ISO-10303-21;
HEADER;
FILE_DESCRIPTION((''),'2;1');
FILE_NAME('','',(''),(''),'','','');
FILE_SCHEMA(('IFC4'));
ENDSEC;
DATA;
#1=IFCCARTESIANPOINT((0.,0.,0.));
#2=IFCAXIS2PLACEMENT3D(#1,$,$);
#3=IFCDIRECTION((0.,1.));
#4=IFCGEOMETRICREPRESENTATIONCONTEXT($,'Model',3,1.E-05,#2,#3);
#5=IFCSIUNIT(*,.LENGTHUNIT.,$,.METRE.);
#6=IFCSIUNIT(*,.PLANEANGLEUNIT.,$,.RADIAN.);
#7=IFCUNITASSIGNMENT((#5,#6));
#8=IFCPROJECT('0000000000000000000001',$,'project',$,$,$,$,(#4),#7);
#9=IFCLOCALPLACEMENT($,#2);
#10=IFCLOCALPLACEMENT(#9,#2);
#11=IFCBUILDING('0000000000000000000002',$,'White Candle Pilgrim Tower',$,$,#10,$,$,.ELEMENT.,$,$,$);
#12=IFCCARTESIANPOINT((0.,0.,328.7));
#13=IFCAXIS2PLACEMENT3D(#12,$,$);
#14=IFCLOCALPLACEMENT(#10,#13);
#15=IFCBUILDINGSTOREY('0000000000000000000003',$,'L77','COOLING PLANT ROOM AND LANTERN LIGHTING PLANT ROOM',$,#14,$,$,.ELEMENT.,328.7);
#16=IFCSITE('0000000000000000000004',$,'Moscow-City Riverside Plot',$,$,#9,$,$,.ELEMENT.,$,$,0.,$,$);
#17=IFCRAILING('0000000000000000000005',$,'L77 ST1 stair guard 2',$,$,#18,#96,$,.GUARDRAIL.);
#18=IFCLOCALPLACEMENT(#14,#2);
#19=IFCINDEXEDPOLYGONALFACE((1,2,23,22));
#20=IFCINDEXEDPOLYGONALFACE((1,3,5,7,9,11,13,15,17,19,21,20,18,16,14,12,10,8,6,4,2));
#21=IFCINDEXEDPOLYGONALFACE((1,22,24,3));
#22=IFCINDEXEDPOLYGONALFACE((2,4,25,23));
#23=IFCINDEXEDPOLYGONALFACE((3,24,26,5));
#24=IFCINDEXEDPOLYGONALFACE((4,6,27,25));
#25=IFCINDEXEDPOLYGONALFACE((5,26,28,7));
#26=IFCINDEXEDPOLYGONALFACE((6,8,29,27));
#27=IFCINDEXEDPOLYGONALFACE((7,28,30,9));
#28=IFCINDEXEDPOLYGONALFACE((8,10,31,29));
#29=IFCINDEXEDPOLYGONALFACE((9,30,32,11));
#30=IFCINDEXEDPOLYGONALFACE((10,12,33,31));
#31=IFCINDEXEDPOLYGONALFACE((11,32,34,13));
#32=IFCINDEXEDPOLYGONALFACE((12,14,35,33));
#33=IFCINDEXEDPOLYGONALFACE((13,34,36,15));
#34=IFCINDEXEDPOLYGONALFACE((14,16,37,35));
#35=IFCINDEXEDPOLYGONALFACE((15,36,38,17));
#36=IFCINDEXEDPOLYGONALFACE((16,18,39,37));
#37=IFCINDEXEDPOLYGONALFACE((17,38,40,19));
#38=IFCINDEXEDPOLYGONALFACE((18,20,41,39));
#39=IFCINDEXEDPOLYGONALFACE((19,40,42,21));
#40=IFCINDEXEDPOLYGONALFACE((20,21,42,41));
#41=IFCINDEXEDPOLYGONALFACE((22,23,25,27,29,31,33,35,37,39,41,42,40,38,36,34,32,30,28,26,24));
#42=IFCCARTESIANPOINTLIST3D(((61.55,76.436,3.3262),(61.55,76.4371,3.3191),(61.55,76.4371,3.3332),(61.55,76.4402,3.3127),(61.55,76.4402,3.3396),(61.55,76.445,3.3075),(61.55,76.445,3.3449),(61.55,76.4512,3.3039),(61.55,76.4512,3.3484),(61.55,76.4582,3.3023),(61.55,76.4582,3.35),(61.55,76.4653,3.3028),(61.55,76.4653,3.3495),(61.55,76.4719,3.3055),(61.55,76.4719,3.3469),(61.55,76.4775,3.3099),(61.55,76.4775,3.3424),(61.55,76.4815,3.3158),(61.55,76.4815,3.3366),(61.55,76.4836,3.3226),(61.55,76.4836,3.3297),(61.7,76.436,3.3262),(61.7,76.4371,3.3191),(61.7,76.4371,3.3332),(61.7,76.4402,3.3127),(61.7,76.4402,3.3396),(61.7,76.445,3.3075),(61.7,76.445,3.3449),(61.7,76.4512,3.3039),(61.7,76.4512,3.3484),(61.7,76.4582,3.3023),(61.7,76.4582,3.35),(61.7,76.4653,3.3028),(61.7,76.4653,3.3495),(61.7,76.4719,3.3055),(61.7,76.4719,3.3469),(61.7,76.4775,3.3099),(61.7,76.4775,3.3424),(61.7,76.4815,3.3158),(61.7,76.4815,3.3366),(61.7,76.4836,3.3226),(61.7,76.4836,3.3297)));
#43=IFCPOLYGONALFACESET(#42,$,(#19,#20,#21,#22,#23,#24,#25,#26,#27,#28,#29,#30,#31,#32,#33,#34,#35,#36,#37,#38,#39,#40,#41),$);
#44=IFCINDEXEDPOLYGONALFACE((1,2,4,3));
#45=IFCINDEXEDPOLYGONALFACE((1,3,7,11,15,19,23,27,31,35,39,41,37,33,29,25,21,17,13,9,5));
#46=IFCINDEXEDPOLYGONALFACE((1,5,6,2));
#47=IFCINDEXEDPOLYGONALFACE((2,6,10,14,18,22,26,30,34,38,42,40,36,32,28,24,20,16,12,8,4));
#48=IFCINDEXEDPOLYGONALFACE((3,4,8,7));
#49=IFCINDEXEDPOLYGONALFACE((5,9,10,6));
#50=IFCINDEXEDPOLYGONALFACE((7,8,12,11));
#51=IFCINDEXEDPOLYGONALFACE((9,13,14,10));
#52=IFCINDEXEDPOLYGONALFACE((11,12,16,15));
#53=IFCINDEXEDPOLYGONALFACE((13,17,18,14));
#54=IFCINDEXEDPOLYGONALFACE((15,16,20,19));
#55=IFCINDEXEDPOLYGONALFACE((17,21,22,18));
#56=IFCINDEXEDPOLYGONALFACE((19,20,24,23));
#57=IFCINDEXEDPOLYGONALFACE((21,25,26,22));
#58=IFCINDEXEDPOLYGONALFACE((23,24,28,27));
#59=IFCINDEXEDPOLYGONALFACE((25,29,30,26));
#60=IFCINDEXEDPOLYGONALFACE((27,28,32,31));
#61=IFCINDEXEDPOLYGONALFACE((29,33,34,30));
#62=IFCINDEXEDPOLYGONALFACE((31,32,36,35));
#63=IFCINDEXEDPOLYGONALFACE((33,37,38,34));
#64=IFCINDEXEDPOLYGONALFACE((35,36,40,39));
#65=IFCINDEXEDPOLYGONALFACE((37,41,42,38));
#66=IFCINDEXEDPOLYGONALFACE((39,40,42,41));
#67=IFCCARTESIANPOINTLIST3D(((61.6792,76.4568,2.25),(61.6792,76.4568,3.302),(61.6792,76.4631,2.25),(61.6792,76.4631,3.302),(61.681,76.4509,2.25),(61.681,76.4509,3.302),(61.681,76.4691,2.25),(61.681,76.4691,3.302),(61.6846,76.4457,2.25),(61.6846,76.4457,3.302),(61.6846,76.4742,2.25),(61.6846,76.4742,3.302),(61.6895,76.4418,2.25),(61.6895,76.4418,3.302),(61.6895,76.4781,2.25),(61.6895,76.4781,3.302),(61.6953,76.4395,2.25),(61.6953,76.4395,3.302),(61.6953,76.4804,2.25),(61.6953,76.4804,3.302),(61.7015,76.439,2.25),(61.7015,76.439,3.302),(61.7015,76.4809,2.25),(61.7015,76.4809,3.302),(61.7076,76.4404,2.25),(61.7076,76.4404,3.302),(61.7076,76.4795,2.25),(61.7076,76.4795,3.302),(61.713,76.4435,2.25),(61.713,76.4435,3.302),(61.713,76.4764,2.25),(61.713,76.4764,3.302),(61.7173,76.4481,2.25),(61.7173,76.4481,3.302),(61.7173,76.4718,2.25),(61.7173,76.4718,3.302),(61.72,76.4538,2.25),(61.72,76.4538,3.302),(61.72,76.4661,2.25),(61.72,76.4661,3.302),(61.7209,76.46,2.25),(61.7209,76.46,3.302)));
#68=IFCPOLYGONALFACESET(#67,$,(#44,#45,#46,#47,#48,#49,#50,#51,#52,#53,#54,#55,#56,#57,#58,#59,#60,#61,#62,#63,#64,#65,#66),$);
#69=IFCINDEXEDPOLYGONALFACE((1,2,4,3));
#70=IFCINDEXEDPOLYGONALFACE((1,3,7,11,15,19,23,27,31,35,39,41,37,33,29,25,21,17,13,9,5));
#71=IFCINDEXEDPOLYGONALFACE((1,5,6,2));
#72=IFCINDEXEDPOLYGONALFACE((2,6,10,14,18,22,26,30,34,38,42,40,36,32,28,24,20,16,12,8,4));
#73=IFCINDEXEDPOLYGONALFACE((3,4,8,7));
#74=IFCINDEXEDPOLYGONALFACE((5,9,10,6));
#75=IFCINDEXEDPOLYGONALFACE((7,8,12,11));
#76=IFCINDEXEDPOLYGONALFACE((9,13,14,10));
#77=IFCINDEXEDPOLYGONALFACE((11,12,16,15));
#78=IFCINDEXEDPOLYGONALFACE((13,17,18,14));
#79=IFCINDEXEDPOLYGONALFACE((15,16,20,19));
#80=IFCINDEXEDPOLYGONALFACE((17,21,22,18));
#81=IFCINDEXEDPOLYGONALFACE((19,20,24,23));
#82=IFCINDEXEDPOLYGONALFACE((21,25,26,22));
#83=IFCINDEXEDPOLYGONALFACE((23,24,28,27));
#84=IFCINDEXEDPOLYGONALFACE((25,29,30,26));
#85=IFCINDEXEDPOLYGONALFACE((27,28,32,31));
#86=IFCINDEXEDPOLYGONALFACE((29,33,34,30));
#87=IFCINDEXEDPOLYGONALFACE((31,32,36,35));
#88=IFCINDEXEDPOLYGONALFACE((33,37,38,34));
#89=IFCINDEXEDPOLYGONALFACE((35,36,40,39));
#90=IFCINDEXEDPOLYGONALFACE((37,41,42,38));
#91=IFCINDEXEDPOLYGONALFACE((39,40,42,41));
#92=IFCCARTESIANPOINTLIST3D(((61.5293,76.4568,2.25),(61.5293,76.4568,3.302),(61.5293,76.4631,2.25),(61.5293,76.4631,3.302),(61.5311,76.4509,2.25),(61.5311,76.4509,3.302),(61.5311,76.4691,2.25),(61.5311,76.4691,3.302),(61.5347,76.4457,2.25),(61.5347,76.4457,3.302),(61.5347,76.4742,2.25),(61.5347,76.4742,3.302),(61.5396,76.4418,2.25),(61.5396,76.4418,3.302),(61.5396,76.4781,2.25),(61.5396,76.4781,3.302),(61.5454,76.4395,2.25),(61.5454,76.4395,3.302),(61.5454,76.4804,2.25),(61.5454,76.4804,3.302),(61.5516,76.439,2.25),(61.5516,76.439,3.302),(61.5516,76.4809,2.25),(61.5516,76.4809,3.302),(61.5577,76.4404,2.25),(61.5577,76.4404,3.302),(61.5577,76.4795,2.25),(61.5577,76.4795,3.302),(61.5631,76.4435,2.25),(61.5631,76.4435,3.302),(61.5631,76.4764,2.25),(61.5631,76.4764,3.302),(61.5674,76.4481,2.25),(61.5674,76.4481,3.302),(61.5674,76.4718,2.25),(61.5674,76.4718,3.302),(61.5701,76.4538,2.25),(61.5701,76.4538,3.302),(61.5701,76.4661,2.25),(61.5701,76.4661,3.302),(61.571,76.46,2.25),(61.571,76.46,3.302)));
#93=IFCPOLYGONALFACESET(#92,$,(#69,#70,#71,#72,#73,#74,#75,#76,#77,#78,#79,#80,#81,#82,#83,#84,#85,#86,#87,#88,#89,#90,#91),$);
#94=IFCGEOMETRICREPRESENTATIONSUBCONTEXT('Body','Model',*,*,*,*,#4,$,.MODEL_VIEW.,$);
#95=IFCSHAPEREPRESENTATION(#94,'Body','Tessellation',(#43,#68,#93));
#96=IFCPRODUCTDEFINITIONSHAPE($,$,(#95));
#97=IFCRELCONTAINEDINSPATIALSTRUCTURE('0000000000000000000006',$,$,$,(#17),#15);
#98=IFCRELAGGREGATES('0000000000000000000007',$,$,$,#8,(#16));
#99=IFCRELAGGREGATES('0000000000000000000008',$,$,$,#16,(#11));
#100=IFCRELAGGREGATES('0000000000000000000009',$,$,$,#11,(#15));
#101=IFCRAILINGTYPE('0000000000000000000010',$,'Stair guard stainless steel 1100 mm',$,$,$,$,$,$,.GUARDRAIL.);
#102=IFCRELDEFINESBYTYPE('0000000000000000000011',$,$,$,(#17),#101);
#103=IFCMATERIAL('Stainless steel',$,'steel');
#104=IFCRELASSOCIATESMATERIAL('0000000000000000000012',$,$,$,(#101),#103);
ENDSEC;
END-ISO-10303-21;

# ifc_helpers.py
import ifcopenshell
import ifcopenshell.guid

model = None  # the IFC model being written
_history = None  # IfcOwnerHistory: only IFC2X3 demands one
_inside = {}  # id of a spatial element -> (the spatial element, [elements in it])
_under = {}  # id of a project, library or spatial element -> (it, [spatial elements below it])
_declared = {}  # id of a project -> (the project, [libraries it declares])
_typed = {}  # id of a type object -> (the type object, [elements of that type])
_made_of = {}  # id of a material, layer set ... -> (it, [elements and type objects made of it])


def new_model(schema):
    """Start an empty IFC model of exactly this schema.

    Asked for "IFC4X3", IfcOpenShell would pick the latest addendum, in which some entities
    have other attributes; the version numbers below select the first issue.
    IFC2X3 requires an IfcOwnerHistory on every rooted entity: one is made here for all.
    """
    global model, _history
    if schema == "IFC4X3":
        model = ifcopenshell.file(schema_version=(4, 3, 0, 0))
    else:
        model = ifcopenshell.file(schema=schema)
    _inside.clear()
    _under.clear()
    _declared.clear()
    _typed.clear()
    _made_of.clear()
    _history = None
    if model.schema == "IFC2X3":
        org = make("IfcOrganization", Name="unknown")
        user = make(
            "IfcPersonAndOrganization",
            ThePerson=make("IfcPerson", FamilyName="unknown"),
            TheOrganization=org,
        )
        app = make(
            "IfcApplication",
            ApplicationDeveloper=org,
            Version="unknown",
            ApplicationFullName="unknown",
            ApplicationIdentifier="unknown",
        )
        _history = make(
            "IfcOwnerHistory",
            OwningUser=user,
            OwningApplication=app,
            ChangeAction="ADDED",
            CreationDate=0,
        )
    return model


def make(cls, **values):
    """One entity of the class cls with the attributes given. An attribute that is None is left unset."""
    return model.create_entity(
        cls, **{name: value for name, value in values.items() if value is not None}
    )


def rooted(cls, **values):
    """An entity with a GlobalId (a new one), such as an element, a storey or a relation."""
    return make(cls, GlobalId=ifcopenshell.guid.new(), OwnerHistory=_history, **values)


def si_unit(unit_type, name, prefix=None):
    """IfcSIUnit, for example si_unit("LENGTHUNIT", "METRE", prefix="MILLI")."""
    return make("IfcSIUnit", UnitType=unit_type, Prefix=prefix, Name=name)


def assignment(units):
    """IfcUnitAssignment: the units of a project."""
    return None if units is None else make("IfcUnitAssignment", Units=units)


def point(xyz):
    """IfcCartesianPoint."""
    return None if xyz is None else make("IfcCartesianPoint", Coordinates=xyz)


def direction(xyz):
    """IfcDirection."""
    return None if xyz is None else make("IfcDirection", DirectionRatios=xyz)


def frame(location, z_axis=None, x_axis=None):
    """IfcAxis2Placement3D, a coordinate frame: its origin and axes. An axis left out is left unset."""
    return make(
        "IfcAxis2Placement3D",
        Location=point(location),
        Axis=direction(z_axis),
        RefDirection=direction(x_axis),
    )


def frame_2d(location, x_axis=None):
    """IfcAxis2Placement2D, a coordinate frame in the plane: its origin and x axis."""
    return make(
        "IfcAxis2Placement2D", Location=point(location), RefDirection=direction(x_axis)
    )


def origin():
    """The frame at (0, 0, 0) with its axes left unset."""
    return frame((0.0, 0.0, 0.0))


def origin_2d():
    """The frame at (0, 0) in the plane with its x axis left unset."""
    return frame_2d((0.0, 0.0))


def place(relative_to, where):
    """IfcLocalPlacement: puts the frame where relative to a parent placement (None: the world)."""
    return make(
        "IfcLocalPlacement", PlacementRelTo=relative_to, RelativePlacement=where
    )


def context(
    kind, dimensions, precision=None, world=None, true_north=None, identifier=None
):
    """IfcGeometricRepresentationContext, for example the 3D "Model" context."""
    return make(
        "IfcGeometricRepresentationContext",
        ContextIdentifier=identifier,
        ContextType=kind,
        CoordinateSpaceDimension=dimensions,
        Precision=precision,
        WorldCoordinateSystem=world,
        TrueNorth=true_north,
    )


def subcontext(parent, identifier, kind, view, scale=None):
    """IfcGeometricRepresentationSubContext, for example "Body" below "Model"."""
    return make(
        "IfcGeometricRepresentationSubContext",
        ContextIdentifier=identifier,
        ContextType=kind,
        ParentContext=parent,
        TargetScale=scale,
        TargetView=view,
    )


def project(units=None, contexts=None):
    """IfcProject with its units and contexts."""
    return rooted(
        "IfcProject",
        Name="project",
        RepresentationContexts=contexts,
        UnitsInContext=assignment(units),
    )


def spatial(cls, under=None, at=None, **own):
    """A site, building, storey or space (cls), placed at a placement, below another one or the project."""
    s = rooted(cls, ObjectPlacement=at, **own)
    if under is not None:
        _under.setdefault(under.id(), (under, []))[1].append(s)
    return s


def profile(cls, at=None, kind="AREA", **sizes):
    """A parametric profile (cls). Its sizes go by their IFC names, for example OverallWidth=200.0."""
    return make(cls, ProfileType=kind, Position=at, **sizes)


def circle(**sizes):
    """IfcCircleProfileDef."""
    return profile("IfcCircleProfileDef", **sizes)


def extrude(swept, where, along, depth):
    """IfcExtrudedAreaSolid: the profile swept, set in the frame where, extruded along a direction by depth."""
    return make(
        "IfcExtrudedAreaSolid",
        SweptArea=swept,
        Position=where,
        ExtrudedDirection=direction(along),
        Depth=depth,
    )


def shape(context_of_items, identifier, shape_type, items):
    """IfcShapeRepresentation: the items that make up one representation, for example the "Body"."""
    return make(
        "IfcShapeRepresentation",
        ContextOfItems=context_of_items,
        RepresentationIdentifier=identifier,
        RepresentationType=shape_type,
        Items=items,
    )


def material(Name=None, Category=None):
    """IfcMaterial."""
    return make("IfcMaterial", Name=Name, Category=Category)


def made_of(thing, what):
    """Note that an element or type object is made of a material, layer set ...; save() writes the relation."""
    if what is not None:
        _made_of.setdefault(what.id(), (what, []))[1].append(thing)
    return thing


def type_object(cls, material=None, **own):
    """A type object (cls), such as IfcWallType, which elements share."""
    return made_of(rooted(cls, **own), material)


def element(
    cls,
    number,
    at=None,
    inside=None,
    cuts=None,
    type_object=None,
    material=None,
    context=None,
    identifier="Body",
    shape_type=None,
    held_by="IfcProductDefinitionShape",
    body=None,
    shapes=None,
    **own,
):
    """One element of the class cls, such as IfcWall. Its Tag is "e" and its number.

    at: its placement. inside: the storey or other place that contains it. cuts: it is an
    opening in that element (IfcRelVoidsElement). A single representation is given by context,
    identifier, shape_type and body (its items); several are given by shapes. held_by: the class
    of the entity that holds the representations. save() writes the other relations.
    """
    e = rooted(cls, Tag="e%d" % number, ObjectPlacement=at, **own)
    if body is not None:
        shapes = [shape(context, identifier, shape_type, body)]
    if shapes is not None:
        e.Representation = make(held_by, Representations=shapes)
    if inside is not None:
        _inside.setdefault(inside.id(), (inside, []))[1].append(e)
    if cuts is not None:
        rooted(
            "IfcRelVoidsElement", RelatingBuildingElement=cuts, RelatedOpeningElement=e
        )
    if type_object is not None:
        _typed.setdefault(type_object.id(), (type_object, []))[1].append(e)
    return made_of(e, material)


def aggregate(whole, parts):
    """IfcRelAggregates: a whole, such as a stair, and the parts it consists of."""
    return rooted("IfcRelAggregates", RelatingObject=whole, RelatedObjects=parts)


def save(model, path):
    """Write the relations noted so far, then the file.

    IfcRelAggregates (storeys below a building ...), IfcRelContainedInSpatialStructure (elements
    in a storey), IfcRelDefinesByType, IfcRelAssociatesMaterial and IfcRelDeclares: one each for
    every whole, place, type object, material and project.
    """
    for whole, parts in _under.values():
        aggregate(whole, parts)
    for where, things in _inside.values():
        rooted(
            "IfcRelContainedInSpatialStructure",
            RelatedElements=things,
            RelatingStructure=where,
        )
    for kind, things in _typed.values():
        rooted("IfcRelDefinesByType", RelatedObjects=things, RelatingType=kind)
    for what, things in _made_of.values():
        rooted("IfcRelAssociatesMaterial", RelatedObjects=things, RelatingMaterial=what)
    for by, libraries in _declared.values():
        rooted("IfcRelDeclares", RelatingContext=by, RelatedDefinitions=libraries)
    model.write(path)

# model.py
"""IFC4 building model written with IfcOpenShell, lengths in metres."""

from ifc_helpers import new_model, si_unit, direction, frame, origin, origin_2d, place, context, subcontext, project, spatial, circle, extrude, material, type_object, element, save


model = new_model("IFC4")

# Units and contexts
model_context = context("Model", 3, precision=1e-05, world=origin(), true_north=direction((0.0, 1.0)))
body_context = subcontext(model_context, "Body", "Model", "MODEL_VIEW")
ifc_project = project(units=[si_unit("LENGTHUNIT", "METRE"), si_unit("PLANEANGLEUNIT", "RADIAN")], contexts=[model_context])

# Site, building, storey
site_placement = place(None, origin())
site = spatial("IfcSite", under=ifc_project, at=site_placement, Name="Moscow-City Riverside Plot", CompositionType="ELEMENT", RefElevation=0.0)
building_placement = place(site_placement, origin())
building = spatial("IfcBuilding", under=site, at=building_placement, Name="White Candle Pilgrim Tower", CompositionType="ELEMENT")
storey_placement = place(building_placement, frame((0.0, 0.0, 328.7)))
storey = spatial("IfcBuildingStorey", under=building, at=storey_placement, Name="L77", Description="COOLING PLANT ROOM AND LANTERN LIGHTING PLANT ROOM", CompositionType="ELEMENT", Elevation=328.7)

# Railing
ifc_material_1 = material(Name="Stainless steel", Category="steel")
railing_type_1 = type_object("IfcRailingType", Name="Stair guard stainless steel 1100 mm", PredefinedType="GUARDRAIL", material=ifc_material_1)
railing_1_placement = place(storey_placement, frame((61.7, 76.46, 2.25)))
element("IfcRailing", 1, at=railing_1_placement, inside=storey, type_object=railing_type_1, Name="L77 ST1 stair guard 2", PredefinedType="GUARDRAIL", context=body_context, shape_type="SweptSolid", body=[
    extrude(circle(Radius=0.0239, at=origin_2d()), frame((0.0, 0.0, 1.0762), z_axis=(-1.0, 0.0, 0.0), x_axis=(0.0, -1.0, 0.0)), (0.0, 0.0, 1.0), 0.1499),
    extrude(circle(Radius=0.021, at=origin_2d()), origin(), (0.0, 0.0, 1.0), 1.052),
    extrude(circle(Radius=0.021, at=origin_2d()), frame((-0.1499, 0.0, 0.0)), (0.0, 0.0, 1.0), 1.052),
])

save(model, "model.ifc")
